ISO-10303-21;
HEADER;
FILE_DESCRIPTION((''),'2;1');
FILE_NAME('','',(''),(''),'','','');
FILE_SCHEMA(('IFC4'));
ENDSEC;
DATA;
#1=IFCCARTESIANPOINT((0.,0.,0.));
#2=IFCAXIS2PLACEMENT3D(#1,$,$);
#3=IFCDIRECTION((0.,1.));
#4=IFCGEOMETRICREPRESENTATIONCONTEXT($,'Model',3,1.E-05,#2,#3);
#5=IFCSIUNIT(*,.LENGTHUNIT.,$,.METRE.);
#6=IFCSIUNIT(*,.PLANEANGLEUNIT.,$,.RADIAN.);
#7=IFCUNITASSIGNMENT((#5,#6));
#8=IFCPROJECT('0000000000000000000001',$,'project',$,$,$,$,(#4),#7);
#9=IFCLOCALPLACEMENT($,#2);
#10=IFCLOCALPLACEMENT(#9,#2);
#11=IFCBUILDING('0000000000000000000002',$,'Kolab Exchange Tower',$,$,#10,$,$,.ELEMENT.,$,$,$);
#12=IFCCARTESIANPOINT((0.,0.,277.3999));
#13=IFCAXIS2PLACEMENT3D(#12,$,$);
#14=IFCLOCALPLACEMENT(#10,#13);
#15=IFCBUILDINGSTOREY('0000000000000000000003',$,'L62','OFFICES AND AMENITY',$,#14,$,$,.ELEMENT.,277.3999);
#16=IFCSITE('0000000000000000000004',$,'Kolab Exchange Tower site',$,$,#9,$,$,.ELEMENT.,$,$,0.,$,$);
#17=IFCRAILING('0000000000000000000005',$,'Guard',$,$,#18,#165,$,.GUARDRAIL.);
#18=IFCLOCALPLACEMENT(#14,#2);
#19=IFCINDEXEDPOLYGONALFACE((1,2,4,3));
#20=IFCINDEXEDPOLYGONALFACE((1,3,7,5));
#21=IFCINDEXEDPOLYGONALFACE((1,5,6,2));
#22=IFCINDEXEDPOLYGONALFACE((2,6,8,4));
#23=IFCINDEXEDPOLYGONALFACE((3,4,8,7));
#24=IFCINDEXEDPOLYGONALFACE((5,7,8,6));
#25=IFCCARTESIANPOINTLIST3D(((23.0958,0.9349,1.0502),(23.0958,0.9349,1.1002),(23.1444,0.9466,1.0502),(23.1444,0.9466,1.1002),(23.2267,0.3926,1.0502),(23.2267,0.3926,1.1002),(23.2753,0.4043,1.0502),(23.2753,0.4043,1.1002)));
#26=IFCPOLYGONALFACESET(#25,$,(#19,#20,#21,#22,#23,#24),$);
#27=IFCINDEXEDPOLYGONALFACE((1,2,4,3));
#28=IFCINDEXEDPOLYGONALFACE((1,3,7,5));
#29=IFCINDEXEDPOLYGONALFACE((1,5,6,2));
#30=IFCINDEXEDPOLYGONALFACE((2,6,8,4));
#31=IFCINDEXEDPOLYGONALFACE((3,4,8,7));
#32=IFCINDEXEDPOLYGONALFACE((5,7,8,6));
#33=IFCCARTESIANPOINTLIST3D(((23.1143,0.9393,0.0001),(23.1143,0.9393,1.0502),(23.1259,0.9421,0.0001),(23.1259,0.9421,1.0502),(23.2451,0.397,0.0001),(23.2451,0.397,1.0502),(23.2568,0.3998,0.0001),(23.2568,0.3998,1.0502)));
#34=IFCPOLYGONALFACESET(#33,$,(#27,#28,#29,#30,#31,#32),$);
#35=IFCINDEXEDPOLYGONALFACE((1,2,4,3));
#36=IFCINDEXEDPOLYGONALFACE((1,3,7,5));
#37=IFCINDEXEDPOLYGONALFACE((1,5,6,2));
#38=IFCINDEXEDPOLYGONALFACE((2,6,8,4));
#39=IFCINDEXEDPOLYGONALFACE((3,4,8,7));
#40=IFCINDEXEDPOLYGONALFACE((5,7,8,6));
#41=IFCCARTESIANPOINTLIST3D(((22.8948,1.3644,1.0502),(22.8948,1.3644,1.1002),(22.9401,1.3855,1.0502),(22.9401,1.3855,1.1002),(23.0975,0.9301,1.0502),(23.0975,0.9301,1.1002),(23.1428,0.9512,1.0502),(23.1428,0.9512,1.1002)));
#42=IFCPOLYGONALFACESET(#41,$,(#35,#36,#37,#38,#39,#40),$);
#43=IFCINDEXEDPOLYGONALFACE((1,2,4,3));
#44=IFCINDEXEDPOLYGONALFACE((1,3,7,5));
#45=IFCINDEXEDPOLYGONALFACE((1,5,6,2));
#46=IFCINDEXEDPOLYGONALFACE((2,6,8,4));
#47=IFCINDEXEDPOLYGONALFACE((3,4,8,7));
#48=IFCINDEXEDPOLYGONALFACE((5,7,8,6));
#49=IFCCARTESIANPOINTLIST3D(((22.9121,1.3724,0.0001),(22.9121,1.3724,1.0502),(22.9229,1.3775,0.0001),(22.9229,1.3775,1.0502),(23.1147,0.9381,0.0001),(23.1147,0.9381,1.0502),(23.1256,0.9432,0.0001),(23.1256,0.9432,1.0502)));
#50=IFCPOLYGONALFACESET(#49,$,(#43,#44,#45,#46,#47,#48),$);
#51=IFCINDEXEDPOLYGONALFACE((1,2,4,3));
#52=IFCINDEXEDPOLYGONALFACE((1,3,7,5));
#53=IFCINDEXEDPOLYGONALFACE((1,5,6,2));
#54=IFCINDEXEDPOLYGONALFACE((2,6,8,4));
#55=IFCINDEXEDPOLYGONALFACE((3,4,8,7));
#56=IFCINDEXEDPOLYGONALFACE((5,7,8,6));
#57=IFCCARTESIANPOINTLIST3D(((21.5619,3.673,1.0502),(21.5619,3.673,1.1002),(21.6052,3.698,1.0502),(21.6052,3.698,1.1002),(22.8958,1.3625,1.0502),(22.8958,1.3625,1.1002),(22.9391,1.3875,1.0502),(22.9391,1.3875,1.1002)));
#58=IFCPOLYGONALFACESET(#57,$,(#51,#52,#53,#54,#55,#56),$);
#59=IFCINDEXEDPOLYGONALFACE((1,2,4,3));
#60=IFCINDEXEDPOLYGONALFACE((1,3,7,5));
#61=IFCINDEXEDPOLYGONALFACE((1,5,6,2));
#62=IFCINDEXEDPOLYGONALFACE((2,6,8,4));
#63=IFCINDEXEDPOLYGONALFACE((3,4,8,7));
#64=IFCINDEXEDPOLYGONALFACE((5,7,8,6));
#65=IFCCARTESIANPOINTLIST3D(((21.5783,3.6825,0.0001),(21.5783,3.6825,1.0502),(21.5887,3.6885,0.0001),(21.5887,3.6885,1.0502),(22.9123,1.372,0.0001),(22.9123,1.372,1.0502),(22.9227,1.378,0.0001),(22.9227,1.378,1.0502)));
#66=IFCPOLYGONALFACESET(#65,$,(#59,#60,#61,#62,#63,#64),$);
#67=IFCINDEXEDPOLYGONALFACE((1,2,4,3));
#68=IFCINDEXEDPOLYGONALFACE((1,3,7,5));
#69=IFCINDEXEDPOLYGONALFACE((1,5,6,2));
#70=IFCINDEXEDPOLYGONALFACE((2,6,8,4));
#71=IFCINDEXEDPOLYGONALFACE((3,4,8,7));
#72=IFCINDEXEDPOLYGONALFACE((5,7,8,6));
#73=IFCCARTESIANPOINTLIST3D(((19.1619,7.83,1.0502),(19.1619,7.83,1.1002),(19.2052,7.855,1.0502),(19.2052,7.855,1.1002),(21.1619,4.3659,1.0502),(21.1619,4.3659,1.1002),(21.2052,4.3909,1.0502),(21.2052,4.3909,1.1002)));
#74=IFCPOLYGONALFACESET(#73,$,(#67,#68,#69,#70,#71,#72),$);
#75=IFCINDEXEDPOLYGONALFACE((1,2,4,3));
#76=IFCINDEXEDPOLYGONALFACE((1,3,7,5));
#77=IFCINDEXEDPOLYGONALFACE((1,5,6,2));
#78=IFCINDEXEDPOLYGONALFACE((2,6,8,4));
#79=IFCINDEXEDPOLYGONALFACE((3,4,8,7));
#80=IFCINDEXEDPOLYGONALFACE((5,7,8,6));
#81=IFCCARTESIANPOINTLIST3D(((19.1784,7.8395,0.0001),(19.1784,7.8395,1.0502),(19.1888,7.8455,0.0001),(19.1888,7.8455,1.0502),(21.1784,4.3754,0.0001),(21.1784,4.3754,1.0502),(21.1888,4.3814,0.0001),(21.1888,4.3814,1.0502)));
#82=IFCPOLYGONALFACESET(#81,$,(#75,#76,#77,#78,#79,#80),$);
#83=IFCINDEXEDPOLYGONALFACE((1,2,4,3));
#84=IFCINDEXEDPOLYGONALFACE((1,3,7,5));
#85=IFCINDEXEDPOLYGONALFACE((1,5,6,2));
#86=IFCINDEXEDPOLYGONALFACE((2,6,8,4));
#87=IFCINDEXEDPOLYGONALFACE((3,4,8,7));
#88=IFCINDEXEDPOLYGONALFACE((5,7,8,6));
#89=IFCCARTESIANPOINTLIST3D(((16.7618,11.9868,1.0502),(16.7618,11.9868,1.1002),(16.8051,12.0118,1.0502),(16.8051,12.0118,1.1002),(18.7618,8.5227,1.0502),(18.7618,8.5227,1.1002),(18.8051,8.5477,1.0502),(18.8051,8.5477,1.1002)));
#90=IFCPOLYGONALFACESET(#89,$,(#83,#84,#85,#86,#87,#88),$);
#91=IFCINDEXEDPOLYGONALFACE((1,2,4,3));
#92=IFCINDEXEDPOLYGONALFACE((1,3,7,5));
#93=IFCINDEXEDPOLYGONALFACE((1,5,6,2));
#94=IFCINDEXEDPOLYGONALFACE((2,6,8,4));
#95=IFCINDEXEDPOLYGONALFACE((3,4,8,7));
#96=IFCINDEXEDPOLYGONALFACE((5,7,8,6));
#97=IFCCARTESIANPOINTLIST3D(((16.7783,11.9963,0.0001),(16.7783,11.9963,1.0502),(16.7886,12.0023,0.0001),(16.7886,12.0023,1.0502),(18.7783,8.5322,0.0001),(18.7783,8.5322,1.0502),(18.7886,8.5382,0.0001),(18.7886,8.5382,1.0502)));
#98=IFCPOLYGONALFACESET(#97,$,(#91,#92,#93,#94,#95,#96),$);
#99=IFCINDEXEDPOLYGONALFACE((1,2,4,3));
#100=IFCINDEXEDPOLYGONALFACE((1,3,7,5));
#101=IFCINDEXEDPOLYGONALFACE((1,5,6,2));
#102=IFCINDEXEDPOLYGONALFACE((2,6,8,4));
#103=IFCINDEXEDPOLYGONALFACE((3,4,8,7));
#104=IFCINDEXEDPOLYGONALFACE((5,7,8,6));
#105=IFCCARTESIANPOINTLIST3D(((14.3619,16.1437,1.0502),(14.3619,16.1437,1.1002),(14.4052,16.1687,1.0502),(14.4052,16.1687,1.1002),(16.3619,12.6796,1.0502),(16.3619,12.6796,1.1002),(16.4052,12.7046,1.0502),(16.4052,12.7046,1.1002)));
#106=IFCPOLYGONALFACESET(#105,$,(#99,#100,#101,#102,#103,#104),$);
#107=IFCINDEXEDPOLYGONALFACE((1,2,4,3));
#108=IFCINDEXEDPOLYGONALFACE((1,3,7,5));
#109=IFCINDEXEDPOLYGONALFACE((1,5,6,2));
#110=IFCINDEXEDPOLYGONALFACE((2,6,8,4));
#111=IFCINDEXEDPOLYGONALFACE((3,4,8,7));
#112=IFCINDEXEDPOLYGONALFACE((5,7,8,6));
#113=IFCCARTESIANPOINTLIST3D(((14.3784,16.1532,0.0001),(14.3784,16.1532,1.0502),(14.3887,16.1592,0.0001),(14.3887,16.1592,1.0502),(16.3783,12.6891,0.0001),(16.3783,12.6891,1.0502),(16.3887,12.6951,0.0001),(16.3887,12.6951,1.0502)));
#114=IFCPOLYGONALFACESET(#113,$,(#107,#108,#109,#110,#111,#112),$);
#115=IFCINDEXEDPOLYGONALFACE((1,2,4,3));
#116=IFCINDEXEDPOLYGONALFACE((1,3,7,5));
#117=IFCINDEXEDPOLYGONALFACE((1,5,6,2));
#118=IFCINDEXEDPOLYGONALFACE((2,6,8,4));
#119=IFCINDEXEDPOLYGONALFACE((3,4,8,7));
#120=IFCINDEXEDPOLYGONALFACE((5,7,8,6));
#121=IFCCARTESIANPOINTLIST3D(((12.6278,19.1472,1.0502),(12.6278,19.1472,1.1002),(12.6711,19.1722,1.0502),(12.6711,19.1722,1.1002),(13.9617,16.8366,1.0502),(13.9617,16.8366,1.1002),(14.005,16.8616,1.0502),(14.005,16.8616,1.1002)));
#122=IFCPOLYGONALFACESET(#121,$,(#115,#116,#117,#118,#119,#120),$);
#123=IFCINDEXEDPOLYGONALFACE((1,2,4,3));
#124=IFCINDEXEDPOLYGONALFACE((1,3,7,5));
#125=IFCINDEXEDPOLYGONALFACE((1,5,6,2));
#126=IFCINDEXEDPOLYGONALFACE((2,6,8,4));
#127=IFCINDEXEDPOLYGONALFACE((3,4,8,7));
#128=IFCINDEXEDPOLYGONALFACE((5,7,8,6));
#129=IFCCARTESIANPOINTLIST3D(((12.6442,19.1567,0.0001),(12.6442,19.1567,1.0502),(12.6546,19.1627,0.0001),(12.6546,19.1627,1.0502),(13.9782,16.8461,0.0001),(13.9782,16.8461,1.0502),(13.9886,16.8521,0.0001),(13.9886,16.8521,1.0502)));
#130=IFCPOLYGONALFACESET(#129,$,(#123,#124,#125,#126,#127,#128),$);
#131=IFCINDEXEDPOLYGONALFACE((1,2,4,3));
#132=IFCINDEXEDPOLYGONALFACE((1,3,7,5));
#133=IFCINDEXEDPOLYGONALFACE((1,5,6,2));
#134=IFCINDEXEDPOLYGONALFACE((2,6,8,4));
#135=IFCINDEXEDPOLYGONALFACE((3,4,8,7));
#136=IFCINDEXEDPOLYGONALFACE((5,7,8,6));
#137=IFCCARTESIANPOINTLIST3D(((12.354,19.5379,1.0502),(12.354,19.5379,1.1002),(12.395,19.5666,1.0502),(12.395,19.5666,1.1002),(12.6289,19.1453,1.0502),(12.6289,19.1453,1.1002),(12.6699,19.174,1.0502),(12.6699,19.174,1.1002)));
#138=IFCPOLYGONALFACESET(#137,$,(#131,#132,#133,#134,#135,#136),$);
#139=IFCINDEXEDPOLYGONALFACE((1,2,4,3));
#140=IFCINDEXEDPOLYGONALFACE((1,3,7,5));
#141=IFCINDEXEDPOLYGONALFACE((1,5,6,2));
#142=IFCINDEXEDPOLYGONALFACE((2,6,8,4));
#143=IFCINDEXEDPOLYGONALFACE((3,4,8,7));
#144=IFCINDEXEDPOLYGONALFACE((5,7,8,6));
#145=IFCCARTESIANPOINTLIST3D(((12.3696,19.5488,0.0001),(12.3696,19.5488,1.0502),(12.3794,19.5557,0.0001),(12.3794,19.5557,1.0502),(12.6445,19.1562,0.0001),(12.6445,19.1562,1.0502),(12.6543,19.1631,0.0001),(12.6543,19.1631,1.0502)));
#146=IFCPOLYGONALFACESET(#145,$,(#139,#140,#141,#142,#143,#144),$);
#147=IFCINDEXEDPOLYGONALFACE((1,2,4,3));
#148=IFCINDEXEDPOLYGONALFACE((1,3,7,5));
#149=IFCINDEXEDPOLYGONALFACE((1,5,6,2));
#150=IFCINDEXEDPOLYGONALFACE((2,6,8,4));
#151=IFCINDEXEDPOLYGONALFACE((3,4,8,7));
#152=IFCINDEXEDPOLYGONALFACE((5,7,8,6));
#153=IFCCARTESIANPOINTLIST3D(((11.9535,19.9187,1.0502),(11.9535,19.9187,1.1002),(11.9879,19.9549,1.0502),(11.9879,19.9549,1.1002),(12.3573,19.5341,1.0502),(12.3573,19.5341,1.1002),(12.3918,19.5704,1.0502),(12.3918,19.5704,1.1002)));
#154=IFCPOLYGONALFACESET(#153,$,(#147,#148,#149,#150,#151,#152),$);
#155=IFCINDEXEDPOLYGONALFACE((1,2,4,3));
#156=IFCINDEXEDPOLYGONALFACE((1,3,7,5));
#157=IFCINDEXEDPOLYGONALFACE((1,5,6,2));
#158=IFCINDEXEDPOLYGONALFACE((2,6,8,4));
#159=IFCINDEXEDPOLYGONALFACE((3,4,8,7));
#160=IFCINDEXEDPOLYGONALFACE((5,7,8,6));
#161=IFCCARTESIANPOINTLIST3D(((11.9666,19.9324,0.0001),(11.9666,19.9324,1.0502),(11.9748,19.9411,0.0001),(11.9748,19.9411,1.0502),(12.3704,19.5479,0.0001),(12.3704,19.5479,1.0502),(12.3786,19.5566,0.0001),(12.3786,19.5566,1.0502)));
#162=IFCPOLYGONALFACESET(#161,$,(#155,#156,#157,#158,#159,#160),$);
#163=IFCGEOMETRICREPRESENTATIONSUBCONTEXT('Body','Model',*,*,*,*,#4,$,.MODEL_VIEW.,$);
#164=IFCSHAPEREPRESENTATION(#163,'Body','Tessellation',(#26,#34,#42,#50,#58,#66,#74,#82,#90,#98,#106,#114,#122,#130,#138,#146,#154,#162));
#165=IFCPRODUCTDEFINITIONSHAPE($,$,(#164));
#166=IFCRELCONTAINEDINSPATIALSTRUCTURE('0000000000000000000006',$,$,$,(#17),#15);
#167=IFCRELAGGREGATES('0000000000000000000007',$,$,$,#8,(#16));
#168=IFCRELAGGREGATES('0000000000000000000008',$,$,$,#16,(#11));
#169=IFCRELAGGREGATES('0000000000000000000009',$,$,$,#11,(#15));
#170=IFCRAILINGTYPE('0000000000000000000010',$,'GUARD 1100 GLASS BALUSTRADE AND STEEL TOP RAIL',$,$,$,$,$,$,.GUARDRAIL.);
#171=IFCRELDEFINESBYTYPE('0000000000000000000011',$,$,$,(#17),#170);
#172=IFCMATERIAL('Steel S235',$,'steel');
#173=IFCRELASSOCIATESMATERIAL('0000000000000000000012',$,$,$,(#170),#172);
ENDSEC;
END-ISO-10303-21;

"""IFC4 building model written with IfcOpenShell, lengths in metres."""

from ifc_helpers import new_model, si_unit, direction, frame, frame_2d, origin, origin_2d, place, context, subcontext, project, spatial, rectangle, extrude, material, type_object, element, save


model = new_model("IFC4")

# Units and contexts
model_context = context("Model", 3, precision=1e-05, world=origin(), true_north=direction((0.0, 1.0)))
body_context = subcontext(model_context, "Body", "Model", "MODEL_VIEW")
ifc_project = project(units=[si_unit("LENGTHUNIT", "METRE"), si_unit("PLANEANGLEUNIT", "RADIAN")], contexts=[model_context])

# Site, building, storey
site_placement = place(None, origin())
site = spatial("IfcSite", under=ifc_project, at=site_placement, Name="Kolab Exchange Tower site", CompositionType="ELEMENT", RefElevation=0.0)
building_placement = place(site_placement, origin())
building = spatial("IfcBuilding", under=site, at=building_placement, Name="Kolab Exchange Tower", CompositionType="ELEMENT")
storey_placement = place(building_placement, frame((0.0, 0.0, 277.3999)))
storey = spatial("IfcBuildingStorey", under=building, at=storey_placement, Name="L62", Description="OFFICES AND AMENITY", CompositionType="ELEMENT", Elevation=277.3999)

# Shared definitions
ifc_material_1 = material(Name="Steel S235", Category="steel")

# Railing
railing_type = type_object("IfcRailingType", Name="GUARD 1100 GLASS BALUSTRADE AND STEEL TOP RAIL", PredefinedType="GUARDRAIL", material=ifc_material_1)
railing_placement = place(storey_placement, frame((23.251, 0.3984, 0.0)))
element("IfcRailing", 1, at=railing_placement, inside=storey, type_object=railing_type, Name="Guard", PredefinedType="GUARDRAIL", context=body_context, shape_type="SweptSolid", body=[
    extrude(rectangle(XDim=0.05, YDim=0.05, at=origin_2d()), frame((0.0, 0.0, 1.0752), z_axis=(-0.234598, 0.972093, 0.0), x_axis=(-0.972093, -0.234598, 0.0)), (0.0, 0.0, 1.0), 0.5579),
    extrude(rectangle(XDim=0.012, YDim=1.0501, at=frame_2d((0.0, 0.5251))), frame((0.0, 0.0, 0.0), z_axis=(-0.234598, 0.972093, 0.0), x_axis=(-0.972093, -0.234598, 0.0)), (0.0, 0.0, 1.0), 0.5579),
    extrude(rectangle(XDim=0.05, YDim=0.05, at=origin_2d()), frame((-0.1309, 0.5422, 1.0752), z_axis=(-0.422802, 0.906222, 0.0), x_axis=(-0.906222, -0.422802, 0.0)), (0.0, 0.0, 1.0), 0.4792),
    extrude(rectangle(XDim=0.012, YDim=1.0501, at=frame_2d((0.0, 0.5251))), frame((-0.1309, 0.5422, 0.0), z_axis=(-0.422802, 0.906222, 0.0), x_axis=(-0.906222, -0.422802, 0.0)), (0.0, 0.0, 1.0), 0.4792),
    extrude(rectangle(XDim=0.05, YDim=0.05, at=origin_2d()), frame((-0.3335, 0.9766, 1.0752), z_axis=(-0.499997, 0.866027, 0.0), x_axis=(-0.866027, -0.499997, 0.0)), (0.0, 0.0, 1.0), 2.668),
    extrude(rectangle(XDim=0.012, YDim=1.0501, at=frame_2d((0.0, 0.5251))), frame((-0.3335, 0.9766, 0.0), z_axis=(-0.499997, 0.866027, 0.0), x_axis=(-0.866027, -0.499997, 0.0)), (0.0, 0.0, 1.0), 2.668),
    extrude(rectangle(XDim=0.05, YDim=0.05, at=origin_2d()), frame((-2.0674, 3.98, 1.0752), z_axis=(-0.499999, 0.866026, 0.0), x_axis=(-0.866026, -0.499999, 0.0)), (0.0, 0.0, 1.0), 4.0),
    extrude(rectangle(XDim=0.012, YDim=1.0501, at=frame_2d((0.0, 0.5251))), frame((-2.0674, 3.98, 0.0), z_axis=(-0.499999, 0.866026, 0.0), x_axis=(-0.866026, -0.499999, 0.0)), (0.0, 0.0, 1.0), 4.0),
    extrude(rectangle(XDim=0.05, YDim=0.05, at=origin_2d()), frame((-4.4675, 8.1367, 1.0752), z_axis=(-0.499999, 0.866026, 0.0), x_axis=(-0.866026, -0.499999, 0.0)), (0.0, 0.0, 1.0), 4.0),
    extrude(rectangle(XDim=0.012, YDim=1.0501, at=frame_2d((0.0, 0.5251))), frame((-4.4675, 8.1367, 0.0), z_axis=(-0.499999, 0.866026, 0.0), x_axis=(-0.866026, -0.499999, 0.0)), (0.0, 0.0, 1.0), 4.0),
    extrude(rectangle(XDim=0.05, YDim=0.05, at=origin_2d()), frame((-6.8674, 12.2937, 1.0752), z_axis=(-0.499999, 0.866026, 0.0), x_axis=(-0.866026, -0.499999, 0.0)), (0.0, 0.0, 1.0), 4.0),
    extrude(rectangle(XDim=0.012, YDim=1.0501, at=frame_2d((0.0, 0.5251))), frame((-6.8674, 12.2937, 0.0), z_axis=(-0.499999, 0.866026, 0.0), x_axis=(-0.866026, -0.499999, 0.0)), (0.0, 0.0, 1.0), 4.0),
    extrude(rectangle(XDim=0.05, YDim=0.05, at=origin_2d()), frame((-9.2676, 16.4507, 1.0752), z_axis=(-0.499997, 0.866027, 0.0), x_axis=(-0.866027, -0.499997, 0.0)), (0.0, 0.0, 1.0), 2.668),
    extrude(rectangle(XDim=0.012, YDim=1.0501, at=frame_2d((0.0, 0.5251))), frame((-9.2676, 16.4507, 0.0), z_axis=(-0.499997, 0.866027, 0.0), x_axis=(-0.866027, -0.499997, 0.0)), (0.0, 0.0, 1.0), 2.668),
    extrude(rectangle(XDim=0.05, YDim=0.05, at=origin_2d()), frame((-10.6016, 18.7612, 1.0752), z_axis=(-0.573599, 0.819136, 0.0), x_axis=(-0.819136, -0.573599, 0.0)), (0.0, 0.0, 1.0), 0.4792),
    extrude(rectangle(XDim=0.012, YDim=1.0501, at=frame_2d((0.0, 0.5251))), frame((-10.6016, 18.7612, 0.0), z_axis=(-0.573599, 0.819136, 0.0), x_axis=(-0.819136, -0.573599, 0.0)), (0.0, 0.0, 1.0), 0.4792),
    extrude(rectangle(XDim=0.05, YDim=0.05, at=origin_2d()), frame((-10.8765, 19.1538, 1.0752), z_axis=(-0.72419, 0.689601, 0.0), x_axis=(-0.689601, -0.72419, 0.0)), (0.0, 0.0, 1.0), 0.5576),
    extrude(rectangle(XDim=0.012, YDim=1.0501, at=frame_2d((0.0, 0.5251))), frame((-10.8765, 19.1538, 0.0), z_axis=(-0.72419, 0.689601, 0.0), x_axis=(-0.689601, -0.72419, 0.0)), (0.0, 0.0, 1.0), 0.5576),
])

save(model, "model.ifc")
